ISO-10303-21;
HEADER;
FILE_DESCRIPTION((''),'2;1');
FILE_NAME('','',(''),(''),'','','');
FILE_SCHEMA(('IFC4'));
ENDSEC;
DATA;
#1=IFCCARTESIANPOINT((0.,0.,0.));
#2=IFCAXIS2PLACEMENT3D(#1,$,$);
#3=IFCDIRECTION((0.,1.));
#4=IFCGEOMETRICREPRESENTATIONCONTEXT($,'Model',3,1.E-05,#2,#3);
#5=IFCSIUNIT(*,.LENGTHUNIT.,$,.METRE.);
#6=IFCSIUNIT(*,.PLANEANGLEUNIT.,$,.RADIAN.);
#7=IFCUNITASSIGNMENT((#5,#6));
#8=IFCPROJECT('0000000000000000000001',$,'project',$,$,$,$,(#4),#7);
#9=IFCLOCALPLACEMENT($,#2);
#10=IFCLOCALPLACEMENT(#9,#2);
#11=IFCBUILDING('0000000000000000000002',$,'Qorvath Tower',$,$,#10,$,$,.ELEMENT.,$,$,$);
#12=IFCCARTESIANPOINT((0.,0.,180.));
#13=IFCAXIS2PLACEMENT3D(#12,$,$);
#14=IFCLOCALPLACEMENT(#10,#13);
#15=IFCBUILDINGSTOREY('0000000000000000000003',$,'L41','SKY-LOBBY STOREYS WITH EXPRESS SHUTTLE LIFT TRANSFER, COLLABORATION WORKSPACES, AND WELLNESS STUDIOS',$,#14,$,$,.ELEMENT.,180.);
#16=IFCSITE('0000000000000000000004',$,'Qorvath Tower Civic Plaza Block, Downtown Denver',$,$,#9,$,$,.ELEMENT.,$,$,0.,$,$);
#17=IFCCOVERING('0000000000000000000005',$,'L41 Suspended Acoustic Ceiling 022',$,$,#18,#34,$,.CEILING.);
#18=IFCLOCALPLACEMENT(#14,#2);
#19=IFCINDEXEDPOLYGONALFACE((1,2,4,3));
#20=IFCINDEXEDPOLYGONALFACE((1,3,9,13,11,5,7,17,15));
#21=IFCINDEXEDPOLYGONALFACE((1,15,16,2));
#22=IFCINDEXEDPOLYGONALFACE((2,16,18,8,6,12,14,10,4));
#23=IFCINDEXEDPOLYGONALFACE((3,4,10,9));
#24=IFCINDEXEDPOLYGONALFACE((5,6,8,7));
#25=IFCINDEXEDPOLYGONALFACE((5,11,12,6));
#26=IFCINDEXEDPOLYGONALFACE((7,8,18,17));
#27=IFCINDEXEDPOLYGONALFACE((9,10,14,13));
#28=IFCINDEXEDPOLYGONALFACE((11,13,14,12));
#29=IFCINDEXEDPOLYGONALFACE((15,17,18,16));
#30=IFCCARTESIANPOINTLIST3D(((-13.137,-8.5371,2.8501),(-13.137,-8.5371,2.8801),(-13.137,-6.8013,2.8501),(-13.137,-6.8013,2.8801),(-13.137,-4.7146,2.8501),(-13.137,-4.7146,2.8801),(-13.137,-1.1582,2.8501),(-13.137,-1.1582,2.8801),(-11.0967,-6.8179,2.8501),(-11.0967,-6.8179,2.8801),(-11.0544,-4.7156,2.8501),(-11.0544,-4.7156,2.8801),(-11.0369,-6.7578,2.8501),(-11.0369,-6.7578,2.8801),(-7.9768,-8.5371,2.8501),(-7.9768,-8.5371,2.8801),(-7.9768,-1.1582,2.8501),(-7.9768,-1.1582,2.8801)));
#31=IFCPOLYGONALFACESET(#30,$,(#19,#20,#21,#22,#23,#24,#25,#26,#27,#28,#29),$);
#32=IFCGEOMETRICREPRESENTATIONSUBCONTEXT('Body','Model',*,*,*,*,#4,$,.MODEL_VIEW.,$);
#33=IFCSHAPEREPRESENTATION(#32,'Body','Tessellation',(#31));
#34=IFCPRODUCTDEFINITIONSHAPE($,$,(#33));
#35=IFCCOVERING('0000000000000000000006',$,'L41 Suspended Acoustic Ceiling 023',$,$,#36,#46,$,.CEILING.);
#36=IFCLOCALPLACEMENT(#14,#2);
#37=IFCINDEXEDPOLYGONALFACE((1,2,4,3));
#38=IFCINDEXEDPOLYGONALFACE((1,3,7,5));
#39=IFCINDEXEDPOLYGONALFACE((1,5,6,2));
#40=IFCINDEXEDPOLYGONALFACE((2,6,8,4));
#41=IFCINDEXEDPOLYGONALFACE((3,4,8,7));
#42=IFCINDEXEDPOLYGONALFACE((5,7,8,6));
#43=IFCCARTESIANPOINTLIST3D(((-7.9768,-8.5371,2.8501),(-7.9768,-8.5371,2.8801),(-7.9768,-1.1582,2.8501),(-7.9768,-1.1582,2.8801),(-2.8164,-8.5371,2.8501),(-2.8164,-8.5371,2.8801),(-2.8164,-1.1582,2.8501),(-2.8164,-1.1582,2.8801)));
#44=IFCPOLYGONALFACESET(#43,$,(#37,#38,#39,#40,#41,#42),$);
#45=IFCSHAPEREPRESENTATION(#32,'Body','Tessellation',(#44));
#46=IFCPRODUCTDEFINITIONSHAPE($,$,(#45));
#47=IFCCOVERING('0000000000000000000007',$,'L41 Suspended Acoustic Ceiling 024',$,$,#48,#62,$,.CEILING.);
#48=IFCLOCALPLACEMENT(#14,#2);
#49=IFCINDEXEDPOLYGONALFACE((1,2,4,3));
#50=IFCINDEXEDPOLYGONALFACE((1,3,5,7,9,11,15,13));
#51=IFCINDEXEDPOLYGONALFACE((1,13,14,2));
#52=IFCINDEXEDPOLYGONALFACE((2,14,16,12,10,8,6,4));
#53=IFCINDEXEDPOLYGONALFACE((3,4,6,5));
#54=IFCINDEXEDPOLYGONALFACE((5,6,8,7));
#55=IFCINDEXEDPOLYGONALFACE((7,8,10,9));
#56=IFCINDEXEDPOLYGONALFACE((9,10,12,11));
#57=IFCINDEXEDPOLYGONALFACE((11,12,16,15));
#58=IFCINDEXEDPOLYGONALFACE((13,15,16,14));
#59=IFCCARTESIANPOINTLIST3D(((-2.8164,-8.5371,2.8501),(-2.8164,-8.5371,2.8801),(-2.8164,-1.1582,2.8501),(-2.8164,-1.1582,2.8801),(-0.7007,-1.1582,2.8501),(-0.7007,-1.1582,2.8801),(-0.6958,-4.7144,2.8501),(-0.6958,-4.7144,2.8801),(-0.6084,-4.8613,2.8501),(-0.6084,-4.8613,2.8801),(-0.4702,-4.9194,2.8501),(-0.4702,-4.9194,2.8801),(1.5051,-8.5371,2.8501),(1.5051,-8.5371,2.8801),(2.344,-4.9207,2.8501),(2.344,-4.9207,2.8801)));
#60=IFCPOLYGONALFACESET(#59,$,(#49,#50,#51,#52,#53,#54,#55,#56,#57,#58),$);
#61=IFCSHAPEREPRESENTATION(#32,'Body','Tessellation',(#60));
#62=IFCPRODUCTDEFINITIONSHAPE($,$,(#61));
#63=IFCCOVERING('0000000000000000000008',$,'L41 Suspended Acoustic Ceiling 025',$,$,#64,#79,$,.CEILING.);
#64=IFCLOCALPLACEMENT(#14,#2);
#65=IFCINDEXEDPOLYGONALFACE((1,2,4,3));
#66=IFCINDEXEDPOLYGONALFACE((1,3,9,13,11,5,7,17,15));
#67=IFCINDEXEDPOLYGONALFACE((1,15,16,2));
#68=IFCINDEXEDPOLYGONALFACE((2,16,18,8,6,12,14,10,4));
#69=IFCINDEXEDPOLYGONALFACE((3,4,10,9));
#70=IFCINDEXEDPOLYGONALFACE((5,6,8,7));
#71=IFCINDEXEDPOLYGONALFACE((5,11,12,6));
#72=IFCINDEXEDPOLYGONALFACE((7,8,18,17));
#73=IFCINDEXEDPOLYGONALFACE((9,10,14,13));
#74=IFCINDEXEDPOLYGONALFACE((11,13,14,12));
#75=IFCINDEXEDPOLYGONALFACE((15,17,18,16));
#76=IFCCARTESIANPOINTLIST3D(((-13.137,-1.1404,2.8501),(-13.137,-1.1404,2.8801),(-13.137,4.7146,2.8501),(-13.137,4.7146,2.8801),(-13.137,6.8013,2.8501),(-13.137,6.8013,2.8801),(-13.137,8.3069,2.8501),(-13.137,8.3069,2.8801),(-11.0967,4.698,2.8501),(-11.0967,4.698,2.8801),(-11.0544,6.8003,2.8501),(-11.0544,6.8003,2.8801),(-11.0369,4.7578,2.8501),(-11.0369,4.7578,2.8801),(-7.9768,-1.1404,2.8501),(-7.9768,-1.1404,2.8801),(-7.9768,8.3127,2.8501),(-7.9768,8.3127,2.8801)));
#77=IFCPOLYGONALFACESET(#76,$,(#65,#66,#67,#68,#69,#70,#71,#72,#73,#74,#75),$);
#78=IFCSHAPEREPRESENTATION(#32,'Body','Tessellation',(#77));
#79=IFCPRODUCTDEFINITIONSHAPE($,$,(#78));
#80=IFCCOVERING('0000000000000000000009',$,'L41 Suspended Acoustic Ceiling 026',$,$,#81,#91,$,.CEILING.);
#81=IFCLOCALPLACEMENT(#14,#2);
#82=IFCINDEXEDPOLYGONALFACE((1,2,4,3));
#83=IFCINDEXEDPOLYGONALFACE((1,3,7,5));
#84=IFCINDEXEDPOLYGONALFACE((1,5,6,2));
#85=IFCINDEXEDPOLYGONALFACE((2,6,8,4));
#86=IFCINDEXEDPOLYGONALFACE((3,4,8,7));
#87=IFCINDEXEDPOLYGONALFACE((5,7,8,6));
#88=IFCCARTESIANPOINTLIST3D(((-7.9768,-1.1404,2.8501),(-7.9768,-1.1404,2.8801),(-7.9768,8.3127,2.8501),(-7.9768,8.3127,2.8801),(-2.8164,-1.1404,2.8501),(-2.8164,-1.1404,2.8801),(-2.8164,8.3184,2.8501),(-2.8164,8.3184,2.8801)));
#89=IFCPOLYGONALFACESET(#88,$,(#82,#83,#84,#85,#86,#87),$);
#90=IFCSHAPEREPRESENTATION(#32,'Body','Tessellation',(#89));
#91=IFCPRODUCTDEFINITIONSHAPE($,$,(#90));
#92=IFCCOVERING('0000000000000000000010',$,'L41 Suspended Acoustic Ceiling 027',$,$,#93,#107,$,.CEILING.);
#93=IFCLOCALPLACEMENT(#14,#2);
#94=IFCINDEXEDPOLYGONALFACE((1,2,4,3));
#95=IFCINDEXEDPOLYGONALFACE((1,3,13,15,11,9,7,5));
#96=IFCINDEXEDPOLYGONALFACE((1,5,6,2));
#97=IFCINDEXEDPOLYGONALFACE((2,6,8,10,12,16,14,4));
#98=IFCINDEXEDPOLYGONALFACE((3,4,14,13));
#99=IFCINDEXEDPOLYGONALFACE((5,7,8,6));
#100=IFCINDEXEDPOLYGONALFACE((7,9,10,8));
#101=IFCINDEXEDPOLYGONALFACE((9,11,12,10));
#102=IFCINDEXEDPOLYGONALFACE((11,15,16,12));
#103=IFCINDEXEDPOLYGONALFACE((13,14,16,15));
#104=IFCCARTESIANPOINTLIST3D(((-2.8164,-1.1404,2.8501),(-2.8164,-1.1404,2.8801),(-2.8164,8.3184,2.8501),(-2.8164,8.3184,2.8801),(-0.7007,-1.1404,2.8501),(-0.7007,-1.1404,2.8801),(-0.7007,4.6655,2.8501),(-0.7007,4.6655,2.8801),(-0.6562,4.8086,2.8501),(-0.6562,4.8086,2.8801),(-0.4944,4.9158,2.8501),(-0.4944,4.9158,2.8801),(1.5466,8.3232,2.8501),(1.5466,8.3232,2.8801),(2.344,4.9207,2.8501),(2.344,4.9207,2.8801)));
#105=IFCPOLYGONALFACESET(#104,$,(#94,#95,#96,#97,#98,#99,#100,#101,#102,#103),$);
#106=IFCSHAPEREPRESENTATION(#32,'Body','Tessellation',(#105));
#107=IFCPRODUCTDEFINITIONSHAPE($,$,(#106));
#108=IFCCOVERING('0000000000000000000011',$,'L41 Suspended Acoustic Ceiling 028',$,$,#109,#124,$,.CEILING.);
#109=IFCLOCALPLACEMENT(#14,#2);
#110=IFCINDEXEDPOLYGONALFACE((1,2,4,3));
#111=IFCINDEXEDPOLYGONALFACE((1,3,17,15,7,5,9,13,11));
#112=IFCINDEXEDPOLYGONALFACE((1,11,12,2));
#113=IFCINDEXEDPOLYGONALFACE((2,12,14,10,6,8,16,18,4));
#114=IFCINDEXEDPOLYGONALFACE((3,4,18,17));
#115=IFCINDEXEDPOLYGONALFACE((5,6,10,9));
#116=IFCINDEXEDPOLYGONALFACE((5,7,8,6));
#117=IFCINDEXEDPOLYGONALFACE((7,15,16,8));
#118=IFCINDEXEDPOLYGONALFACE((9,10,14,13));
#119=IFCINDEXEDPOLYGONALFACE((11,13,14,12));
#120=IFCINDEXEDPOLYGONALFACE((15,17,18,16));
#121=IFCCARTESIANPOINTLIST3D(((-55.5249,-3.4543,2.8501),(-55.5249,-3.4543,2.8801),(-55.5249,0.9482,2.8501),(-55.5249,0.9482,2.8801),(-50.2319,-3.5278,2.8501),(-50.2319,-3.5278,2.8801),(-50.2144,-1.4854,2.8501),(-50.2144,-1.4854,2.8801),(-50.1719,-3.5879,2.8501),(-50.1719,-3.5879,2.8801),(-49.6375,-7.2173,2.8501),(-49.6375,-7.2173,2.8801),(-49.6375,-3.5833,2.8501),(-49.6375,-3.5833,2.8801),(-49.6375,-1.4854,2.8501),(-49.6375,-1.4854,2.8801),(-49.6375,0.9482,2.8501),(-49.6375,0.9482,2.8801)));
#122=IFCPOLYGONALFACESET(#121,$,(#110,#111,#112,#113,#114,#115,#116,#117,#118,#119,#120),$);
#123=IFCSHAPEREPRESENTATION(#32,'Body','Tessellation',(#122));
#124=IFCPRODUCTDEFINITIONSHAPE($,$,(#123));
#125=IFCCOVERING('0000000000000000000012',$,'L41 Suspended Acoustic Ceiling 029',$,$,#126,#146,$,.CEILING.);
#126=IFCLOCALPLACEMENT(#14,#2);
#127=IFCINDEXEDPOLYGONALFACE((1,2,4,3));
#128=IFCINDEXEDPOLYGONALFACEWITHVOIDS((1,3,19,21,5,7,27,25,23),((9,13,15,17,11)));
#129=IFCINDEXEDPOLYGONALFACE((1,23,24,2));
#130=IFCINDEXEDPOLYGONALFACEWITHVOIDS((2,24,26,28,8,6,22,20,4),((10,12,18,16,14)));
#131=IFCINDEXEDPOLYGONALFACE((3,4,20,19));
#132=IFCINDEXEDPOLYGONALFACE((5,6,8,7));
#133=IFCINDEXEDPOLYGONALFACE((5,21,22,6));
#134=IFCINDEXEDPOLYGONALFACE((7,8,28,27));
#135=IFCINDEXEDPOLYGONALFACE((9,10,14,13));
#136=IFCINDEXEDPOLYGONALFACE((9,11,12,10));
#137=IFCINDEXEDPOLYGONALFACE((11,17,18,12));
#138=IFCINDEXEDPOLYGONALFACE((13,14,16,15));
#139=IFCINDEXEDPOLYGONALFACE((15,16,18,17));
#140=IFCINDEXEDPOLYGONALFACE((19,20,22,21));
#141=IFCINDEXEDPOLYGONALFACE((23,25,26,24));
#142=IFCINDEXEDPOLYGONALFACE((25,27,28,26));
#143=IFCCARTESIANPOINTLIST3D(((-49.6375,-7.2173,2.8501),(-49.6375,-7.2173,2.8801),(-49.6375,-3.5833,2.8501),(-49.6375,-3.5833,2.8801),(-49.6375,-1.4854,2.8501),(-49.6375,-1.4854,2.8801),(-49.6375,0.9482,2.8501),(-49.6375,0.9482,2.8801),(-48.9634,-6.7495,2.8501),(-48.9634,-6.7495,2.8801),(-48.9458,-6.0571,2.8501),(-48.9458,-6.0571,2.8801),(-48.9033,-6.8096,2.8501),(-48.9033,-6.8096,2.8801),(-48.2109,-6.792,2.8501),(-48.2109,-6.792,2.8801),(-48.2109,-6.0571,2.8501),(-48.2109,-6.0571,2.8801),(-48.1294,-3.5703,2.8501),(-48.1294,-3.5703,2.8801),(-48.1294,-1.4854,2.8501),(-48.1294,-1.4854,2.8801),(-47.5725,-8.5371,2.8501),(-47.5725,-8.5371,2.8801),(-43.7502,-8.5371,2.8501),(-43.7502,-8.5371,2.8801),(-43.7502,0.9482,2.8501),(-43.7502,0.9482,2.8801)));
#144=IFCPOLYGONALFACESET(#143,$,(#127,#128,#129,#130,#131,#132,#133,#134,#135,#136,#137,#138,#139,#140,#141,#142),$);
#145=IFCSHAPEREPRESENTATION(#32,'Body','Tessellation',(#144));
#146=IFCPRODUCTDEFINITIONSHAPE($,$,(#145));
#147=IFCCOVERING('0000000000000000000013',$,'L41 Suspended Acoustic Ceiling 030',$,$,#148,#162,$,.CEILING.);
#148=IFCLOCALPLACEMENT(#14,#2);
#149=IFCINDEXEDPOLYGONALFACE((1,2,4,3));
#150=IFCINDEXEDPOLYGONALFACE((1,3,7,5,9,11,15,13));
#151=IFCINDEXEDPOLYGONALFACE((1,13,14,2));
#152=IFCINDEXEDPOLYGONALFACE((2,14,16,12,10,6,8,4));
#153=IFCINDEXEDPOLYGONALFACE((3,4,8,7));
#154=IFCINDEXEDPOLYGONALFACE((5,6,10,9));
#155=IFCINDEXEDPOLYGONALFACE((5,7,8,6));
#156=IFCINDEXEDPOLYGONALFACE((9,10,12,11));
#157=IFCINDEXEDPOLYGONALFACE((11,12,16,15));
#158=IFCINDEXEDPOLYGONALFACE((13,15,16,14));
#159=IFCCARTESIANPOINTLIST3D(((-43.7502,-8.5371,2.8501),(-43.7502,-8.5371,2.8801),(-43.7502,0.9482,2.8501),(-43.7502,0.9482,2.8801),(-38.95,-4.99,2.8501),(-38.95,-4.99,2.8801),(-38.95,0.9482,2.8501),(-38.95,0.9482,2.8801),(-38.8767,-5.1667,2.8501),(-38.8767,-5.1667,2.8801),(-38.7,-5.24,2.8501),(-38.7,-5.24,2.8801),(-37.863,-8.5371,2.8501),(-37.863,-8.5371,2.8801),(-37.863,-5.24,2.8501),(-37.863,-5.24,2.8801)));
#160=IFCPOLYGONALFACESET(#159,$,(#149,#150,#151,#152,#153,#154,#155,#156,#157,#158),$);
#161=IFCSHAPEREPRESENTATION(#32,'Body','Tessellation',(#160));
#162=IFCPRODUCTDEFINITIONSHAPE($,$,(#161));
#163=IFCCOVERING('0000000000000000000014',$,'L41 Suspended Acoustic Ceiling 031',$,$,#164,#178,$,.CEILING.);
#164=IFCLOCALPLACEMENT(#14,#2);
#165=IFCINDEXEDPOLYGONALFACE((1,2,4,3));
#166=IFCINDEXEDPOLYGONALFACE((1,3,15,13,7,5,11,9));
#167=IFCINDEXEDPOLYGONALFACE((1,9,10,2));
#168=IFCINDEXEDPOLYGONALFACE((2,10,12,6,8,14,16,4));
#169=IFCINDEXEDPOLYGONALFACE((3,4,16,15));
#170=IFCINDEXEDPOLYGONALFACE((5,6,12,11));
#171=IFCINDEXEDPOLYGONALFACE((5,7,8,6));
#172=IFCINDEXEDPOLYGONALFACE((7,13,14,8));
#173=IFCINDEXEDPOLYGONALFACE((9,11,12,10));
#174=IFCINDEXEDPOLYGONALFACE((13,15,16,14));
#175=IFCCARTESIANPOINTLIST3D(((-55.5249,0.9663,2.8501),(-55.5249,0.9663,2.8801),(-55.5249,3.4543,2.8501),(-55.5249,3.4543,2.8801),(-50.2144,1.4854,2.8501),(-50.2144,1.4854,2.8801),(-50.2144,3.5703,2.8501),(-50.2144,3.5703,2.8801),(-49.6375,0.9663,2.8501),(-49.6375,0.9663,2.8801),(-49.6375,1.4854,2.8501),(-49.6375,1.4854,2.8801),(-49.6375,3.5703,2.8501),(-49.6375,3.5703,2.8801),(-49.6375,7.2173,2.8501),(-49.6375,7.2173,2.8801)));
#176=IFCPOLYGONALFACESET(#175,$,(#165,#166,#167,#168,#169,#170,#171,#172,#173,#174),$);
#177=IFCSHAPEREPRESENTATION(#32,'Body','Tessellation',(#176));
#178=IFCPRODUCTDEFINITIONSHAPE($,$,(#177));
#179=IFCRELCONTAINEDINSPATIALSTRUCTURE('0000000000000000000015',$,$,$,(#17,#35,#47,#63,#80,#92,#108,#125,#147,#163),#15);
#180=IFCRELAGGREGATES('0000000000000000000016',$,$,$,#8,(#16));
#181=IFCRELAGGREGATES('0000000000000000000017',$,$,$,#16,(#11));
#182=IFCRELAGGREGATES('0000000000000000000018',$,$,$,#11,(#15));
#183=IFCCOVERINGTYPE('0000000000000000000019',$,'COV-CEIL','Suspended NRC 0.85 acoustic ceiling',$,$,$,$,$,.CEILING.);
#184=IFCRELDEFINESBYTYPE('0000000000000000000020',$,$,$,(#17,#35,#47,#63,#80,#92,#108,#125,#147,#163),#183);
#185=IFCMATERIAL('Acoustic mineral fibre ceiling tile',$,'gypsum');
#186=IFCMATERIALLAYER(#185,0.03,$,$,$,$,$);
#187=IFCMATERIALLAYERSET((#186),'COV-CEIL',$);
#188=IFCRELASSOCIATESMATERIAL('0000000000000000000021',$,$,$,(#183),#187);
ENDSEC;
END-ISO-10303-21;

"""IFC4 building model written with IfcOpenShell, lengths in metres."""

from ifc_helpers import new_model, si_unit, direction, frame, origin, place, context, subcontext, project, spatial, polyline, outline, extrude, material, layer, layer_set, type_object, element, save


model = new_model("IFC4")

# Units and contexts
model_context = context("Model", 3, precision=1e-05, world=origin(), true_north=direction((0.0, 1.0)))
body_context = subcontext(model_context, "Body", "Model", "MODEL_VIEW")
ifc_project = project(units=[si_unit("LENGTHUNIT", "METRE"), si_unit("PLANEANGLEUNIT", "RADIAN")], contexts=[model_context])

# Site, building, storey
site_placement = place(None, origin())
site = spatial("IfcSite", under=ifc_project, at=site_placement, Name="Qorvath Tower Civic Plaza Block, Downtown Denver", CompositionType="ELEMENT", RefElevation=0.0)
building_placement = place(site_placement, origin())
building = spatial("IfcBuilding", under=site, at=building_placement, Name="Qorvath Tower", CompositionType="ELEMENT")
storey_placement = place(building_placement, frame((0.0, 0.0, 180.0)))
storey = spatial("IfcBuildingStorey", under=building, at=storey_placement, Name="L41", Description="SKY-LOBBY STOREYS WITH EXPRESS SHUTTLE LIFT TRANSFER, COLLABORATION WORKSPACES, AND WELLNESS STUDIOS", CompositionType="ELEMENT", Elevation=180.0)

# Coverings
ifc_material_1 = material(Name="Acoustic mineral fibre ceiling tile", Category="gypsum")
ifc_layer_1 = layer(ifc_material_1, 0.03)
ifc_layer_set_1 = layer_set([ifc_layer_1], Name="COV-CEIL")
covering_type_1 = type_object("IfcCoveringType", Name="COV-CEIL", Description="Suspended NRC 0.85 acoustic ceiling", PredefinedType="CEILING", material=ifc_layer_set_1)
covering_1_placement = place(storey_placement, frame((0.0, 0.0, 2.8501)))
element("IfcCovering", 1, at=covering_1_placement, inside=storey, type_object=covering_type_1, Name="L41 Suspended Acoustic Ceiling 022", PredefinedType="CEILING", context=body_context, shape_type="SweptSolid", body=[
    extrude(outline(polyline([(-7.9768, -8.5371), (-7.9768, -1.1582), (-13.137, -1.1582), (-13.137, -4.7146), (-11.0544, -4.7156), (-11.0369, -6.7578), (-11.0967, -6.8179), (-13.137, -6.8013), (-13.137, -8.5371), (-7.9768, -8.5371)])), origin(), (0.0, 0.0, 1.0), 0.03),
])
covering_2_placement = place(storey_placement, frame((0.0, 0.0, 2.8501)))
element("IfcCovering", 2, at=covering_2_placement, inside=storey, type_object=covering_type_1, Name="L41 Suspended Acoustic Ceiling 023", PredefinedType="CEILING", context=body_context, shape_type="SweptSolid", body=[
    extrude(outline(polyline([(-2.8164, -8.5371), (-2.8164, -1.1582), (-7.9768, -1.1582), (-7.9768, -8.5371), (-2.8164, -8.5371)])), origin(), (0.0, 0.0, 1.0), 0.03),
])
covering_3_placement = place(storey_placement, frame((0.0, 0.0, 2.8501)))
element("IfcCovering", 3, at=covering_3_placement, inside=storey, type_object=covering_type_1, Name="L41 Suspended Acoustic Ceiling 024", PredefinedType="CEILING", context=body_context, shape_type="SweptSolid", body=[
    extrude(outline(polyline([(-0.6084, -4.8613), (-0.6958, -4.7144), (-0.7007, -1.1582), (-2.8164, -1.1582), (-2.8164, -8.5371), (1.5051, -8.5371), (2.344, -4.9207), (-0.4702, -4.9194), (-0.6084, -4.8613)])), origin(), (0.0, 0.0, 1.0), 0.03),
])
covering_4_placement = place(storey_placement, frame((0.0, 0.0, 2.8501)))
element("IfcCovering", 4, at=covering_4_placement, inside=storey, type_object=covering_type_1, Name="L41 Suspended Acoustic Ceiling 025", PredefinedType="CEILING", context=body_context, shape_type="SweptSolid", body=[
    extrude(outline(polyline([(-7.9768, -1.1404), (-7.9768, 8.3127), (-13.137, 8.3069), (-13.137, 6.8013), (-11.0544, 6.8003), (-11.0369, 4.7578), (-11.0967, 4.698), (-13.137, 4.7146), (-13.137, -1.1404), (-7.9768, -1.1404)])), origin(), (0.0, 0.0, 1.0), 0.03),
])
covering_5_placement = place(storey_placement, frame((0.0, 0.0, 2.8501)))
element("IfcCovering", 5, at=covering_5_placement, inside=storey, type_object=covering_type_1, Name="L41 Suspended Acoustic Ceiling 026", PredefinedType="CEILING", context=body_context, shape_type="SweptSolid", body=[
    extrude(outline(polyline([(-2.8164, -1.1404), (-2.8164, 8.3184), (-7.9768, 8.3127), (-7.9768, -1.1404), (-2.8164, -1.1404)])), origin(), (0.0, 0.0, 1.0), 0.03),
])
covering_6_placement = place(storey_placement, frame((0.0, 0.0, 2.8501)))
element("IfcCovering", 6, at=covering_6_placement, inside=storey, type_object=covering_type_1, Name="L41 Suspended Acoustic Ceiling 027", PredefinedType="CEILING", context=body_context, shape_type="SweptSolid", body=[
    extrude(outline(polyline([(-0.6562, 4.8086), (-0.4944, 4.9158), (2.344, 4.9207), (1.5466, 8.3232), (-2.8164, 8.3184), (-2.8164, -1.1404), (-0.7007, -1.1404), (-0.7007, 4.6655), (-0.6562, 4.8086)])), origin(), (0.0, 0.0, 1.0), 0.03),
])
covering_7_placement = place(storey_placement, frame((0.0, 0.0, 2.8501)))
element("IfcCovering", 7, at=covering_7_placement, inside=storey, type_object=covering_type_1, Name="L41 Suspended Acoustic Ceiling 028", PredefinedType="CEILING", context=body_context, shape_type="SweptSolid", body=[
    extrude(outline(polyline([(-49.6375, -7.2173), (-49.6375, -3.5833), (-50.1719, -3.5879), (-50.2319, -3.5278), (-50.2144, -1.4854), (-49.6375, -1.4854), (-49.6375, 0.9482), (-55.5249, 0.9482), (-55.5249, -3.4543), (-49.6375, -7.2173)])), origin(), (0.0, 0.0, 1.0), 0.03),
])
covering_8_placement = place(storey_placement, frame((0.0, 0.0, 2.8501)))
element("IfcCovering", 8, at=covering_8_placement, inside=storey, type_object=covering_type_1, Name="L41 Suspended Acoustic Ceiling 029", PredefinedType="CEILING", context=body_context, shape_type="SweptSolid", body=[
    extrude(outline(polyline([(-43.7502, -8.5371), (-43.7502, 0.9482), (-49.6375, 0.9482), (-49.6375, -1.4854), (-48.1294, -1.4854), (-48.1294, -3.5703), (-49.6375, -3.5833), (-49.6375, -7.2173), (-47.5725, -8.5371), (-43.7502, -8.5371)]), holes=[polyline([(-48.9634, -6.7495), (-48.9458, -6.0571), (-48.2109, -6.0571), (-48.2109, -6.792), (-48.9033, -6.8096), (-48.9634, -6.7495)])]), origin(), (0.0, 0.0, 1.0), 0.03),
])
covering_9_placement = place(storey_placement, frame((0.0, 0.0, 2.8501)))
element("IfcCovering", 9, at=covering_9_placement, inside=storey, type_object=covering_type_1, Name="L41 Suspended Acoustic Ceiling 030", PredefinedType="CEILING", context=body_context, shape_type="SweptSolid", body=[
    extrude(outline(polyline([(-37.863, -8.5371), (-37.863, -5.24), (-38.7, -5.24), (-38.8767, -5.1667), (-38.95, -4.99), (-38.95, 0.9482), (-43.7502, 0.9482), (-43.7502, -8.5371), (-37.863, -8.5371)])), origin(), (0.0, 0.0, 1.0), 0.03),
])
covering_10_placement = place(storey_placement, frame((0.0, 0.0, 2.8501)))
element("IfcCovering", 10, at=covering_10_placement, inside=storey, type_object=covering_type_1, Name="L41 Suspended Acoustic Ceiling 031", PredefinedType="CEILING", context=body_context, shape_type="SweptSolid", body=[
    extrude(outline(polyline([(-49.6375, 0.9663), (-49.6375, 1.4854), (-50.2144, 1.4854), (-50.2144, 3.5703), (-49.6375, 3.5703), (-49.6375, 7.2173), (-55.5249, 3.4543), (-55.5249, 0.9663), (-49.6375, 0.9663)])), origin(), (0.0, 0.0, 1.0), 0.03),
])

save(model, "model.ifc")
